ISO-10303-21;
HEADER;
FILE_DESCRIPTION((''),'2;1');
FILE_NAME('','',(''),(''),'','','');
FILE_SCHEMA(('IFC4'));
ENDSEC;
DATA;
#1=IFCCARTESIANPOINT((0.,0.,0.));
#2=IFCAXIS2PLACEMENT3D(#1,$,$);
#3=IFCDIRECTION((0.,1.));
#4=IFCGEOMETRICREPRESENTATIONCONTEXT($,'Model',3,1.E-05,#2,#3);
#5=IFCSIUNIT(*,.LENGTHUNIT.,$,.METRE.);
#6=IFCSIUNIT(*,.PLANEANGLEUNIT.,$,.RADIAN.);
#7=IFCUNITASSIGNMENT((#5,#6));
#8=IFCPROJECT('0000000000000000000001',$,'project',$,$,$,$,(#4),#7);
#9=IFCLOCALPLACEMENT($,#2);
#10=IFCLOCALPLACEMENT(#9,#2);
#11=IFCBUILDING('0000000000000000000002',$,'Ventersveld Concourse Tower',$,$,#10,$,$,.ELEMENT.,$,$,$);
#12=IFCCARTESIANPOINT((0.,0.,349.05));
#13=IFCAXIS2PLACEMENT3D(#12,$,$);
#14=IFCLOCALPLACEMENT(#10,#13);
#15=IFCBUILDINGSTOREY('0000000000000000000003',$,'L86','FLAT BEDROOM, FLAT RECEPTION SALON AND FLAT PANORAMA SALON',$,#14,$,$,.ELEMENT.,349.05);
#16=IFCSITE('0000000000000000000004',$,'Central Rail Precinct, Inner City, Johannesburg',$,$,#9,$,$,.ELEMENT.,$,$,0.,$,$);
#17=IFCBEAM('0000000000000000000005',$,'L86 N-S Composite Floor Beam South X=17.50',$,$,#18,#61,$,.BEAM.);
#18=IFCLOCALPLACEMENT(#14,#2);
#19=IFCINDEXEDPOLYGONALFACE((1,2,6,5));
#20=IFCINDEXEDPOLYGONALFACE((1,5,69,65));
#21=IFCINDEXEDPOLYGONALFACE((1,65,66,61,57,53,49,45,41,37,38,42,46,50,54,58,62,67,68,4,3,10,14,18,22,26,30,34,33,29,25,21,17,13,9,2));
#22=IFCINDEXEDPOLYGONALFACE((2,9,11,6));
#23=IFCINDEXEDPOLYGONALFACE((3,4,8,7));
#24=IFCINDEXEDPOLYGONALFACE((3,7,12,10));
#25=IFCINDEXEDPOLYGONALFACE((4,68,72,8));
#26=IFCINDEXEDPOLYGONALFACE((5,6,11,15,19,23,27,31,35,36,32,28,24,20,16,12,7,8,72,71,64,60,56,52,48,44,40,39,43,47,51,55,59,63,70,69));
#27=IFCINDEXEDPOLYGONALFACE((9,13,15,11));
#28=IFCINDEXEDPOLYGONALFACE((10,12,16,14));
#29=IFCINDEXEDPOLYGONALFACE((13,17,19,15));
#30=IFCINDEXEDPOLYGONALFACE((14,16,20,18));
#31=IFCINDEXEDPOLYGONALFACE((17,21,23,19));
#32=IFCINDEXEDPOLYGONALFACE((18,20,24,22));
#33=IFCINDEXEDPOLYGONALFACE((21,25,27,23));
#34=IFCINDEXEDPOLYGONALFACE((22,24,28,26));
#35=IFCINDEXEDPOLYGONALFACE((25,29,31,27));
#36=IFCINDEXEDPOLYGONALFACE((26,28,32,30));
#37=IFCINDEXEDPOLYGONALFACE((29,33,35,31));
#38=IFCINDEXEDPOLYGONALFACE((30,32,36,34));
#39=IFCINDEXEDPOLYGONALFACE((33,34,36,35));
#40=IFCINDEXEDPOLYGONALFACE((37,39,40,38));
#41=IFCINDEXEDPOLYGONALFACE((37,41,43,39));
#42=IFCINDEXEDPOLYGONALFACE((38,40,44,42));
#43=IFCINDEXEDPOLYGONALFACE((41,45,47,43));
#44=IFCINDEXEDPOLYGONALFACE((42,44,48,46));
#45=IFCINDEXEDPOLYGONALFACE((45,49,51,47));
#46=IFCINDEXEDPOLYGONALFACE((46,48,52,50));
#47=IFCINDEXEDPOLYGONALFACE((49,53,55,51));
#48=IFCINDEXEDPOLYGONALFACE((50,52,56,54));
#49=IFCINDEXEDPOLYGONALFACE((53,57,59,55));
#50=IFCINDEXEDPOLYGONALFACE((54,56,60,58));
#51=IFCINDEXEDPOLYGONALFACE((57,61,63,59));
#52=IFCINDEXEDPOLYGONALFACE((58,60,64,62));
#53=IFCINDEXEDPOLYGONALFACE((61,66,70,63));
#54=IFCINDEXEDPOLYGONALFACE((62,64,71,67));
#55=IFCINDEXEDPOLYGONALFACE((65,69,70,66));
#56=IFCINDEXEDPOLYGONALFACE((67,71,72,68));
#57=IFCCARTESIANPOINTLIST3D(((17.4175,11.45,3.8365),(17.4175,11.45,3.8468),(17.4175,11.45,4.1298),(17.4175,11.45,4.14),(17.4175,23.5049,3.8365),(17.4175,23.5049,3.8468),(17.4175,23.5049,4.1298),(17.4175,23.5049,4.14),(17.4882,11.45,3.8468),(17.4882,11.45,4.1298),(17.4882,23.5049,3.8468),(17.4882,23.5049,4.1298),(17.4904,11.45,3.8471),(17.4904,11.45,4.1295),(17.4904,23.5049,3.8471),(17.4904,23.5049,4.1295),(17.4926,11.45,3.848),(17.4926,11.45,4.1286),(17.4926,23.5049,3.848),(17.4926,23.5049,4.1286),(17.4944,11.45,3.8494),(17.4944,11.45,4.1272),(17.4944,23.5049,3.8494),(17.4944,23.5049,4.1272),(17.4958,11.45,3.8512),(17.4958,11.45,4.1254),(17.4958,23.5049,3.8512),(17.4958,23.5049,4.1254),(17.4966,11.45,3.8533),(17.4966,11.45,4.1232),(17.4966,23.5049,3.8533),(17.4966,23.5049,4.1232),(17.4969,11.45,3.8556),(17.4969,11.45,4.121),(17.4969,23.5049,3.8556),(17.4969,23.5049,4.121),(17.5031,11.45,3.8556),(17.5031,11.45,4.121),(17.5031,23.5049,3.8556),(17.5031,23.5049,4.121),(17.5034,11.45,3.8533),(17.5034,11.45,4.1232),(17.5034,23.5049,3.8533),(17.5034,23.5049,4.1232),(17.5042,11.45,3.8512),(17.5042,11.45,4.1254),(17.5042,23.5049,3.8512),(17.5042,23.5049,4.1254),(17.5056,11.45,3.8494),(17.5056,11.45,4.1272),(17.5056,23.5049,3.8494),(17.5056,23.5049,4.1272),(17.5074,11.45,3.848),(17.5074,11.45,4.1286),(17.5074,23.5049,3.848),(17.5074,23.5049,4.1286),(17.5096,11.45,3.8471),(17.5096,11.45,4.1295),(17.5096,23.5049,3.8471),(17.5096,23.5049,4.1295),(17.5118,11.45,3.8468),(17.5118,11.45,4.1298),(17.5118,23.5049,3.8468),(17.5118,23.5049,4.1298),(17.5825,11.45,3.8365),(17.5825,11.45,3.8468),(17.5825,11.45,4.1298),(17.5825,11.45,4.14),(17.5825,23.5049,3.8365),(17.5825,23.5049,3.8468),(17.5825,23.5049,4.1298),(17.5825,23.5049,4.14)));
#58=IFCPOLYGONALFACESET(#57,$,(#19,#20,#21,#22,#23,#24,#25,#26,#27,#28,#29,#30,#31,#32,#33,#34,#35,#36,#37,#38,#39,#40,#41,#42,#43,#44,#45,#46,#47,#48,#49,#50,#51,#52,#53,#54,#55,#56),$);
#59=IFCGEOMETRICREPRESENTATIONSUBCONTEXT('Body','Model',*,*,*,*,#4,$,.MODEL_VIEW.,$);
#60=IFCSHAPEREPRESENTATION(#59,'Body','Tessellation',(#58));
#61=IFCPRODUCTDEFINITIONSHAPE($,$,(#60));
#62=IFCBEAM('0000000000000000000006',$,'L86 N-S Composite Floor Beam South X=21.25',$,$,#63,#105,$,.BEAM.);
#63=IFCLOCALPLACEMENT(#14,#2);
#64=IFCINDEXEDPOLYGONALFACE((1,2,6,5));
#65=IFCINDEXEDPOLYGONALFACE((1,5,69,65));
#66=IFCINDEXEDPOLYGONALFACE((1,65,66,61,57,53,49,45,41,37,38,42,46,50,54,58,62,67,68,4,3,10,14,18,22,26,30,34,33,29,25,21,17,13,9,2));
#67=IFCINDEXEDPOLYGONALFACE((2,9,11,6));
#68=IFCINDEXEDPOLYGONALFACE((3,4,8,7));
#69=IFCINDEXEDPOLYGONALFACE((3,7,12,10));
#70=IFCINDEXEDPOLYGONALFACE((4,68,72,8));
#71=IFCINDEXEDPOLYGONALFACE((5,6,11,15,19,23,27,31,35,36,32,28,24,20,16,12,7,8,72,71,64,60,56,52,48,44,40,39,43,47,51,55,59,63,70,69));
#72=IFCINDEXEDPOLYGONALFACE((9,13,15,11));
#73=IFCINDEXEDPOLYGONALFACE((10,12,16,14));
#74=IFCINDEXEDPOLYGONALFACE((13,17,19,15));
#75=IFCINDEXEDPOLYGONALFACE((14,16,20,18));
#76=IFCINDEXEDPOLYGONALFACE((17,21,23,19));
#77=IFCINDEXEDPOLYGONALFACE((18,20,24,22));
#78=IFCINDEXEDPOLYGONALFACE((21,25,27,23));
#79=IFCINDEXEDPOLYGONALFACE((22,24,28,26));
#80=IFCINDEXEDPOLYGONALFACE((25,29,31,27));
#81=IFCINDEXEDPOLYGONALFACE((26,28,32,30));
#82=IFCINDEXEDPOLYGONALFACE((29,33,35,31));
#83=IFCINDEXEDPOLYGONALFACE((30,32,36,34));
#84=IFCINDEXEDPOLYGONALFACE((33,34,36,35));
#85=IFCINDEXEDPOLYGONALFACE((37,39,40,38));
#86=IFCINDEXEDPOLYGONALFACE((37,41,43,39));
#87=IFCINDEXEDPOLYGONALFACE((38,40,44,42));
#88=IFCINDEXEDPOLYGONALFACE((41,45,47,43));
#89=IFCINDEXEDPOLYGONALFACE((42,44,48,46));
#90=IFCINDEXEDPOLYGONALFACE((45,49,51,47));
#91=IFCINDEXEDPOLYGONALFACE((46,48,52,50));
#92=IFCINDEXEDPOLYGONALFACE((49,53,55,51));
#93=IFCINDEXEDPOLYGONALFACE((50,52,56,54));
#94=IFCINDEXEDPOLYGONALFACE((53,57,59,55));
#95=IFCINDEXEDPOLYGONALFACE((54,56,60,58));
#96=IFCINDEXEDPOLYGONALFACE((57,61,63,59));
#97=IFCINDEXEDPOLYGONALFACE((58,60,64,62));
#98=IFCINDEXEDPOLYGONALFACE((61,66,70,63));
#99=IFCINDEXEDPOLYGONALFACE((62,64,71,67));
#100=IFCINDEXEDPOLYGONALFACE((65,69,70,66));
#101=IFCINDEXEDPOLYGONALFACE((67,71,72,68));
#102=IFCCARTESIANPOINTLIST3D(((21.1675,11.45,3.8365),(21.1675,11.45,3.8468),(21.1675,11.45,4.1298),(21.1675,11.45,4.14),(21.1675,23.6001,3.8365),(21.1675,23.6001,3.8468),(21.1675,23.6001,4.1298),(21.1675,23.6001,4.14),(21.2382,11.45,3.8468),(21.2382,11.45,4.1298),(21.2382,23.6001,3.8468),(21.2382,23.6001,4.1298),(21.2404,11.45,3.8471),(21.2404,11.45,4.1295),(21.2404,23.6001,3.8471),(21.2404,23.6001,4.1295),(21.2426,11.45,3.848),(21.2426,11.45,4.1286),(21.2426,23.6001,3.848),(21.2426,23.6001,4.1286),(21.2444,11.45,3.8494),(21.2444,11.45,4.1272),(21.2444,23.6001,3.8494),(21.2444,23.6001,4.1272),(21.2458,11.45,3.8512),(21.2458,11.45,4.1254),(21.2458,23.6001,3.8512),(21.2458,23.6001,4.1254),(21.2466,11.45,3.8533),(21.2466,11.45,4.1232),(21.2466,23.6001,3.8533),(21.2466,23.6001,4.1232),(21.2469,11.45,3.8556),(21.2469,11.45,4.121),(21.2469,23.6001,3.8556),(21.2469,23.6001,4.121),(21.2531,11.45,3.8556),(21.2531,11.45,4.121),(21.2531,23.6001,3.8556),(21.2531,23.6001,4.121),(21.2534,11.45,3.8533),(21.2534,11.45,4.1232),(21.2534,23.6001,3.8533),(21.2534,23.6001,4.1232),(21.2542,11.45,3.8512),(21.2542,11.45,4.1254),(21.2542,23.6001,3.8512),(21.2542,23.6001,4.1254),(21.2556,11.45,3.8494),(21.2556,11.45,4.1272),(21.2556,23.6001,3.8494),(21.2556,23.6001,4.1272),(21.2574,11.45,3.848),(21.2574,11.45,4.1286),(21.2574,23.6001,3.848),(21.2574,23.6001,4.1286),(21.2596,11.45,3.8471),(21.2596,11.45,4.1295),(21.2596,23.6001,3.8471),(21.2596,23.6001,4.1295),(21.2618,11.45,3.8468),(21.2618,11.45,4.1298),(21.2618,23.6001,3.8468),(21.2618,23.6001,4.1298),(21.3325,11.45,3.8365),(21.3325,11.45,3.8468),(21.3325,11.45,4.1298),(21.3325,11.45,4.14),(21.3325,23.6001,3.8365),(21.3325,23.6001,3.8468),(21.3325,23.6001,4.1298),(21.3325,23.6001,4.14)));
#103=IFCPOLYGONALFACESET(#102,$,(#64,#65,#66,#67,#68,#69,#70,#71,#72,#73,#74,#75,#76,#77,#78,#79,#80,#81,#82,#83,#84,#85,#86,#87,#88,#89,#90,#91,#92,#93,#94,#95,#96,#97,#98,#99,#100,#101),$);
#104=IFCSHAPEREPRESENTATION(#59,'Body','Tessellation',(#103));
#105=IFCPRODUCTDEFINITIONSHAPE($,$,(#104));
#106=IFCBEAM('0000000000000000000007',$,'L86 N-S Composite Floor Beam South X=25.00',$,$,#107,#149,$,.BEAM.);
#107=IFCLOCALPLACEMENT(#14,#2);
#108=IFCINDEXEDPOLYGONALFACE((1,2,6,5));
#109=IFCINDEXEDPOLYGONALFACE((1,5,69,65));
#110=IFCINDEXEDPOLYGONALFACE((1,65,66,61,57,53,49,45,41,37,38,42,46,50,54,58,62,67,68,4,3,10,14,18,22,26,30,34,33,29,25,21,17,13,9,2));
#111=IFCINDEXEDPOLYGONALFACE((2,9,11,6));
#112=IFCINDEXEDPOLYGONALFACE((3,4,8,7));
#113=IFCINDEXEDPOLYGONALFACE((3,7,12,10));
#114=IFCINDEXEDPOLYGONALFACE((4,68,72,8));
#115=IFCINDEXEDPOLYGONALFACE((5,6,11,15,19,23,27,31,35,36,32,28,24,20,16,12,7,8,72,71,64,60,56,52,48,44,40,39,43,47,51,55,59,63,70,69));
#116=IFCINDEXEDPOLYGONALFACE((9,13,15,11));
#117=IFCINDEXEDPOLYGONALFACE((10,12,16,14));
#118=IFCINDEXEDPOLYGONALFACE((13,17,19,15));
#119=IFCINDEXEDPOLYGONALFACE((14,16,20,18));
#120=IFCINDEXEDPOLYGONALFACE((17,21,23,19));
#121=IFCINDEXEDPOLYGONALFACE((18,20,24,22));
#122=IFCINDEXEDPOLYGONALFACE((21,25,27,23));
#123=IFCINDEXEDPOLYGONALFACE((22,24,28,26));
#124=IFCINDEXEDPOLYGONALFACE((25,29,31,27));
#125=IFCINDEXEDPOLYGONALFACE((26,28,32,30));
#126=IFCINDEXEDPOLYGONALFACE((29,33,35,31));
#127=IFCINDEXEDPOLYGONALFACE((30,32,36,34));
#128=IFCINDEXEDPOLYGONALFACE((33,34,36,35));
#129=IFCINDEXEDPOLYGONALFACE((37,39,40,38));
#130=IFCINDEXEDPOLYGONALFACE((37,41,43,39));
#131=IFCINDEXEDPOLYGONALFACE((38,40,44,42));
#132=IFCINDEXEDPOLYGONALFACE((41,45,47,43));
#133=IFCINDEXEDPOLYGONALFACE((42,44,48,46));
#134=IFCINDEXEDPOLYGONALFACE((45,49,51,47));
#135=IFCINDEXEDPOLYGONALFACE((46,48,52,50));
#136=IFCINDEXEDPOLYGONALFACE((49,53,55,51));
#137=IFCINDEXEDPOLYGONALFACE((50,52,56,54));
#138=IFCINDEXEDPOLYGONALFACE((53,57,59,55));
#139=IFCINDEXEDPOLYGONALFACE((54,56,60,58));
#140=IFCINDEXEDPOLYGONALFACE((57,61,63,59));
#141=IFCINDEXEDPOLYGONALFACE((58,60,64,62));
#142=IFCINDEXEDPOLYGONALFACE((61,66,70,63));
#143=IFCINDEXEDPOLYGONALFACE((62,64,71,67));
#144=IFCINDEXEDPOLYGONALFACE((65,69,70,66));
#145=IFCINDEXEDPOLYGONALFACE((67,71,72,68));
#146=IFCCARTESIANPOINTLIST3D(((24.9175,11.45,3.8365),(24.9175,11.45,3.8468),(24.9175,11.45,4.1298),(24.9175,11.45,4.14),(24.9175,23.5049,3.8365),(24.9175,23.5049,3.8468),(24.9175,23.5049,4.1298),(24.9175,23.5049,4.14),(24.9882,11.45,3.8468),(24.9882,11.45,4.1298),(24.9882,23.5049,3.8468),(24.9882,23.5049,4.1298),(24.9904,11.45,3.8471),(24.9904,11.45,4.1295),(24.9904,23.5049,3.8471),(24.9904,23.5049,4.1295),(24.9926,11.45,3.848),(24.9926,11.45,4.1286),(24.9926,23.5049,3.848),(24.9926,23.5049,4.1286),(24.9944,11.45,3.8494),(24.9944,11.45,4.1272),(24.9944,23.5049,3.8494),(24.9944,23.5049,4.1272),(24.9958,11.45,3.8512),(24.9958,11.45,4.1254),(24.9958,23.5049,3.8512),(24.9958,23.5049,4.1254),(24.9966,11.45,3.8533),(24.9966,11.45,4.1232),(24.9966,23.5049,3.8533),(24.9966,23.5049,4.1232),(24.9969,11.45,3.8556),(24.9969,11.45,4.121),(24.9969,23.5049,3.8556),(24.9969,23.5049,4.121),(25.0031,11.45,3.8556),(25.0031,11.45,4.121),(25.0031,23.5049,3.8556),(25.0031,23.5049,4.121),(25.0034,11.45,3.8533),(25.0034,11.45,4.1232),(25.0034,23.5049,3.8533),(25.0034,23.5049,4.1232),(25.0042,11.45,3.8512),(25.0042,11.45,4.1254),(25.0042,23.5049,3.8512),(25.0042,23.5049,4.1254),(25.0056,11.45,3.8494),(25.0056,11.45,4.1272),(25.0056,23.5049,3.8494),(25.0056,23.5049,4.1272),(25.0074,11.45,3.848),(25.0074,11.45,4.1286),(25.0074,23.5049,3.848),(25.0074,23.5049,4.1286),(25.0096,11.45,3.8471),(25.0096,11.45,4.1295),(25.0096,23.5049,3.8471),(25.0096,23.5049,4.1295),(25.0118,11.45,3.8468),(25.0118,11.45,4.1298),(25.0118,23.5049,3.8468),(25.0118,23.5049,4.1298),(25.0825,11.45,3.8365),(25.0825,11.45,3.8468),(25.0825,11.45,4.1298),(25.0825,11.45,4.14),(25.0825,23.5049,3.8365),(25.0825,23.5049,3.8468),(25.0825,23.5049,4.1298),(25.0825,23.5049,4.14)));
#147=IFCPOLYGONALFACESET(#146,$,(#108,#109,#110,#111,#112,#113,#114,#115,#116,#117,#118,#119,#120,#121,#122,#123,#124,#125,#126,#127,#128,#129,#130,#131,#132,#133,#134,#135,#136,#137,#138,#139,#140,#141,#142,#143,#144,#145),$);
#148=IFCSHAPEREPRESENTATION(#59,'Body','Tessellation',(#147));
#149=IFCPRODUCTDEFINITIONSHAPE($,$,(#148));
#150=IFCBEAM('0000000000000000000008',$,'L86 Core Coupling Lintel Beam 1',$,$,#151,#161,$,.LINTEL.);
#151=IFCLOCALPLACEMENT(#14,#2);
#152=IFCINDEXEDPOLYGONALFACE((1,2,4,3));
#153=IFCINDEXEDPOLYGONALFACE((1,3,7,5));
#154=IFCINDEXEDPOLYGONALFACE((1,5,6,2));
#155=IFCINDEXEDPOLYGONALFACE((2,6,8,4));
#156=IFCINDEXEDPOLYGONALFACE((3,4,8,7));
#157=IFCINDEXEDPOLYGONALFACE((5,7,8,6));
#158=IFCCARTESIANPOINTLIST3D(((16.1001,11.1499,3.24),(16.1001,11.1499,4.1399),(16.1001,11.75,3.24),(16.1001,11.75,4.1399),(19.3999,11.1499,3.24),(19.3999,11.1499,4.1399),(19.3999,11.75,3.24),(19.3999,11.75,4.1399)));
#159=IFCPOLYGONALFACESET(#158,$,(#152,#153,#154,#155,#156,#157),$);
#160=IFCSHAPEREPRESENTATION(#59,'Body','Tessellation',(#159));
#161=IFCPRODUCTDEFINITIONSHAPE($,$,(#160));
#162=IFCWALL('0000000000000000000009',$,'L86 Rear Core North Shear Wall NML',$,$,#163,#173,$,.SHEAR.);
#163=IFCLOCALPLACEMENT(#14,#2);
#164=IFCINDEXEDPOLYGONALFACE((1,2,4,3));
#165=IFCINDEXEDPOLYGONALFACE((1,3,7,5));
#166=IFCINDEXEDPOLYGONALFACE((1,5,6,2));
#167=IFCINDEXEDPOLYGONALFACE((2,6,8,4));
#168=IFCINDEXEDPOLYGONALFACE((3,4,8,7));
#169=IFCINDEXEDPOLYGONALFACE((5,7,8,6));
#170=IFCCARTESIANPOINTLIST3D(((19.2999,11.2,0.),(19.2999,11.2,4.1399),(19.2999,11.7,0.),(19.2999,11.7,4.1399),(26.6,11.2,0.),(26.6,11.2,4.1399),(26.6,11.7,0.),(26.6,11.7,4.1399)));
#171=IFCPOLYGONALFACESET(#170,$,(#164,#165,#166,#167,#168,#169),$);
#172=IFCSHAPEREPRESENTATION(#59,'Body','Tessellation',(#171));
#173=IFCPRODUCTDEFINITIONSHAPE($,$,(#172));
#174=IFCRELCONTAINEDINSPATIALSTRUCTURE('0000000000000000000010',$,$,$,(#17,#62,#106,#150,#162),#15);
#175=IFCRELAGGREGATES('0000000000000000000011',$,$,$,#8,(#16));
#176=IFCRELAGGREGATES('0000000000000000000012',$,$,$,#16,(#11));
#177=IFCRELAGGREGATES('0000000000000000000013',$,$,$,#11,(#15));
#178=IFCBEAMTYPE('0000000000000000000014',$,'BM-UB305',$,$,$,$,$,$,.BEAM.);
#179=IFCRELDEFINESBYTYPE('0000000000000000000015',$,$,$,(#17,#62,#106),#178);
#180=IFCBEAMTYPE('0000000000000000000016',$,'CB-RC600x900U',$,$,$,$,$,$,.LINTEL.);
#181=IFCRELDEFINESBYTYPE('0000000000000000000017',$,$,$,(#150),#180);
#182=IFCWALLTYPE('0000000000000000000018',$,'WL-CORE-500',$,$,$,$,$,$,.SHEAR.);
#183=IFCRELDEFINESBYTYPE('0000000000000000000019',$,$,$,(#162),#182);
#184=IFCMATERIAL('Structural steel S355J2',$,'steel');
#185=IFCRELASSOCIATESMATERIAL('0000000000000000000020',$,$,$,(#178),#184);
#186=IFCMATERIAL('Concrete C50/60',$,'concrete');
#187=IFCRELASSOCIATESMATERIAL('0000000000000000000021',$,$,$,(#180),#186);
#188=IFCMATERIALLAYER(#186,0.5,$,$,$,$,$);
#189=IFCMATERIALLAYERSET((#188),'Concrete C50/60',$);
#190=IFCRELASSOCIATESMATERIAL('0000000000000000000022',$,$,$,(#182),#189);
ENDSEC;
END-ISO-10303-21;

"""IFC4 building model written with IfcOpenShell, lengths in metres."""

from ifc_helpers import new_model, si_unit, direction, frame, frame_2d, origin, origin_2d, place, context, subcontext, project, spatial, rectangle, i_section, extrude, material, layer, layer_set, material_profile, profile_set, type_object, element, save


model = new_model("IFC4")

# Units and contexts
model_context = context("Model", 3, precision=1e-05, world=origin(), true_north=direction((0.0, 1.0)))
body_context = subcontext(model_context, "Body", "Model", "MODEL_VIEW")
ifc_project = project(units=[si_unit("LENGTHUNIT", "METRE"), si_unit("PLANEANGLEUNIT", "RADIAN")], contexts=[model_context])

# Site, building, storey
site_placement = place(None, origin())
site = spatial("IfcSite", under=ifc_project, at=site_placement, Name="Central Rail Precinct, Inner City, Johannesburg", CompositionType="ELEMENT", RefElevation=0.0)
building_placement = place(site_placement, origin())
building = spatial("IfcBuilding", under=site, at=building_placement, Name="Ventersveld Concourse Tower", CompositionType="ELEMENT")
storey_placement = place(building_placement, frame((0.0, 0.0, 349.05)))
storey = spatial("IfcBuildingStorey", under=building, at=storey_placement, Name="L86", Description="FLAT BEDROOM, FLAT RECEPTION SALON AND FLAT PANORAMA SALON", CompositionType="ELEMENT", Elevation=349.05)

# Beams
ifc_material_1 = material(Name="Structural steel S355J2", Category="steel")
ifc_material_profile_1 = material_profile(ifc_material_1, i_section(OverallWidth=0.165, OverallDepth=0.3035, WebThickness=0.0061, FlangeThickness=0.0103, FilletRadius=0.0088, at=origin_2d()), Name="UB 305x165x40")
ifc_profile_set_1 = profile_set([ifc_material_profile_1], Name="Structural steel S355J2")
beam_type_1 = type_object("IfcBeamType", Name="BM-UB305", PredefinedType="BEAM", material=ifc_profile_set_1)
beam_1_placement = place(storey_placement, frame((17.5, 11.45, 3.9883), z_axis=(0.0, 1.0, 0.0), x_axis=(-1.0, 0.0, 0.0)))
element("IfcBeam", 1, at=beam_1_placement, inside=storey, type_object=beam_type_1, Name="L86 N-S Composite Floor Beam South X=17.50", PredefinedType="BEAM", context=body_context, shape_type="SweptSolid", body=[
    extrude(i_section(OverallWidth=0.165, OverallDepth=0.3035, WebThickness=0.0061, FlangeThickness=0.0103, FilletRadius=0.0088, at=origin_2d()), origin(), (0.0, 0.0, 1.0), 12.0549),
])
beam_2_placement = place(storey_placement, frame((21.25, 11.45, 3.9883), z_axis=(0.0, 1.0, 0.0), x_axis=(-1.0, 0.0, 0.0)))
element("IfcBeam", 2, at=beam_2_placement, inside=storey, type_object=beam_type_1, Name="L86 N-S Composite Floor Beam South X=21.25", PredefinedType="BEAM", context=body_context, shape_type="SweptSolid", body=[
    extrude(i_section(OverallWidth=0.165, OverallDepth=0.3035, WebThickness=0.0061, FlangeThickness=0.0103, FilletRadius=0.0088, at=origin_2d()), origin(), (0.0, 0.0, 1.0), 12.1501),
])
beam_3_placement = place(storey_placement, frame((25.0, 11.45, 3.9883), z_axis=(0.0, 1.0, 0.0), x_axis=(-1.0, 0.0, 0.0)))
element("IfcBeam", 3, at=beam_3_placement, inside=storey, type_object=beam_type_1, Name="L86 N-S Composite Floor Beam South X=25.00", PredefinedType="BEAM", context=body_context, shape_type="SweptSolid", body=[
    extrude(i_section(OverallWidth=0.165, OverallDepth=0.3035, WebThickness=0.0061, FlangeThickness=0.0103, FilletRadius=0.0088, at=origin_2d()), origin(), (0.0, 0.0, 1.0), 12.0549),
])
ifc_material_2 = material(Name="Concrete C50/60", Category="concrete")
ifc_material_profile_2 = material_profile(ifc_material_2, rectangle(XDim=0.6001, YDim=0.8999, at=origin_2d()), Name="RC 600x900")
ifc_profile_set_2 = profile_set([ifc_material_profile_2], Name="Concrete C50/60")
beam_type_2 = type_object("IfcBeamType", Name="CB-RC600x900U", PredefinedType="LINTEL", material=ifc_profile_set_2)
beam_4_placement = place(storey_placement, frame((16.1001, 11.45, 3.6899), z_axis=(1.0, 0.0, 0.0), x_axis=(0.0, 1.0, 0.0)))
element("IfcBeam", 4, at=beam_4_placement, inside=storey, type_object=beam_type_2, Name="L86 Core Coupling Lintel Beam 1", PredefinedType="LINTEL", context=body_context, shape_type="SweptSolid", body=[
    extrude(rectangle(XDim=0.6001, YDim=0.8999, at=origin_2d()), origin(), (0.0, 0.0, 1.0), 3.2998),
])

# Wall
ifc_layer_1 = layer(ifc_material_2, 0.5)
ifc_layer_set_1 = layer_set([ifc_layer_1], Name="Concrete C50/60")
wall_type_1 = type_object("IfcWallType", Name="WL-CORE-500", PredefinedType="SHEAR", material=ifc_layer_set_1)
wall_1_placement = place(storey_placement, frame((19.3, 11.45, 0.0), z_axis=(0.0, 0.0, 1.0), x_axis=(1.0, 0.0, 0.0)))
element("IfcWall", 5, at=wall_1_placement, inside=storey, type_object=wall_type_1, Name="L86 Rear Core North Shear Wall NML", PredefinedType="SHEAR", context=body_context, shape_type="SweptSolid", body=[
    extrude(rectangle(XDim=7.3, YDim=0.5, at=frame_2d((3.6499, 0.0))), origin(), (0.0, 0.0, 1.0), 4.1399),
])

save(model, "model.ifc")
